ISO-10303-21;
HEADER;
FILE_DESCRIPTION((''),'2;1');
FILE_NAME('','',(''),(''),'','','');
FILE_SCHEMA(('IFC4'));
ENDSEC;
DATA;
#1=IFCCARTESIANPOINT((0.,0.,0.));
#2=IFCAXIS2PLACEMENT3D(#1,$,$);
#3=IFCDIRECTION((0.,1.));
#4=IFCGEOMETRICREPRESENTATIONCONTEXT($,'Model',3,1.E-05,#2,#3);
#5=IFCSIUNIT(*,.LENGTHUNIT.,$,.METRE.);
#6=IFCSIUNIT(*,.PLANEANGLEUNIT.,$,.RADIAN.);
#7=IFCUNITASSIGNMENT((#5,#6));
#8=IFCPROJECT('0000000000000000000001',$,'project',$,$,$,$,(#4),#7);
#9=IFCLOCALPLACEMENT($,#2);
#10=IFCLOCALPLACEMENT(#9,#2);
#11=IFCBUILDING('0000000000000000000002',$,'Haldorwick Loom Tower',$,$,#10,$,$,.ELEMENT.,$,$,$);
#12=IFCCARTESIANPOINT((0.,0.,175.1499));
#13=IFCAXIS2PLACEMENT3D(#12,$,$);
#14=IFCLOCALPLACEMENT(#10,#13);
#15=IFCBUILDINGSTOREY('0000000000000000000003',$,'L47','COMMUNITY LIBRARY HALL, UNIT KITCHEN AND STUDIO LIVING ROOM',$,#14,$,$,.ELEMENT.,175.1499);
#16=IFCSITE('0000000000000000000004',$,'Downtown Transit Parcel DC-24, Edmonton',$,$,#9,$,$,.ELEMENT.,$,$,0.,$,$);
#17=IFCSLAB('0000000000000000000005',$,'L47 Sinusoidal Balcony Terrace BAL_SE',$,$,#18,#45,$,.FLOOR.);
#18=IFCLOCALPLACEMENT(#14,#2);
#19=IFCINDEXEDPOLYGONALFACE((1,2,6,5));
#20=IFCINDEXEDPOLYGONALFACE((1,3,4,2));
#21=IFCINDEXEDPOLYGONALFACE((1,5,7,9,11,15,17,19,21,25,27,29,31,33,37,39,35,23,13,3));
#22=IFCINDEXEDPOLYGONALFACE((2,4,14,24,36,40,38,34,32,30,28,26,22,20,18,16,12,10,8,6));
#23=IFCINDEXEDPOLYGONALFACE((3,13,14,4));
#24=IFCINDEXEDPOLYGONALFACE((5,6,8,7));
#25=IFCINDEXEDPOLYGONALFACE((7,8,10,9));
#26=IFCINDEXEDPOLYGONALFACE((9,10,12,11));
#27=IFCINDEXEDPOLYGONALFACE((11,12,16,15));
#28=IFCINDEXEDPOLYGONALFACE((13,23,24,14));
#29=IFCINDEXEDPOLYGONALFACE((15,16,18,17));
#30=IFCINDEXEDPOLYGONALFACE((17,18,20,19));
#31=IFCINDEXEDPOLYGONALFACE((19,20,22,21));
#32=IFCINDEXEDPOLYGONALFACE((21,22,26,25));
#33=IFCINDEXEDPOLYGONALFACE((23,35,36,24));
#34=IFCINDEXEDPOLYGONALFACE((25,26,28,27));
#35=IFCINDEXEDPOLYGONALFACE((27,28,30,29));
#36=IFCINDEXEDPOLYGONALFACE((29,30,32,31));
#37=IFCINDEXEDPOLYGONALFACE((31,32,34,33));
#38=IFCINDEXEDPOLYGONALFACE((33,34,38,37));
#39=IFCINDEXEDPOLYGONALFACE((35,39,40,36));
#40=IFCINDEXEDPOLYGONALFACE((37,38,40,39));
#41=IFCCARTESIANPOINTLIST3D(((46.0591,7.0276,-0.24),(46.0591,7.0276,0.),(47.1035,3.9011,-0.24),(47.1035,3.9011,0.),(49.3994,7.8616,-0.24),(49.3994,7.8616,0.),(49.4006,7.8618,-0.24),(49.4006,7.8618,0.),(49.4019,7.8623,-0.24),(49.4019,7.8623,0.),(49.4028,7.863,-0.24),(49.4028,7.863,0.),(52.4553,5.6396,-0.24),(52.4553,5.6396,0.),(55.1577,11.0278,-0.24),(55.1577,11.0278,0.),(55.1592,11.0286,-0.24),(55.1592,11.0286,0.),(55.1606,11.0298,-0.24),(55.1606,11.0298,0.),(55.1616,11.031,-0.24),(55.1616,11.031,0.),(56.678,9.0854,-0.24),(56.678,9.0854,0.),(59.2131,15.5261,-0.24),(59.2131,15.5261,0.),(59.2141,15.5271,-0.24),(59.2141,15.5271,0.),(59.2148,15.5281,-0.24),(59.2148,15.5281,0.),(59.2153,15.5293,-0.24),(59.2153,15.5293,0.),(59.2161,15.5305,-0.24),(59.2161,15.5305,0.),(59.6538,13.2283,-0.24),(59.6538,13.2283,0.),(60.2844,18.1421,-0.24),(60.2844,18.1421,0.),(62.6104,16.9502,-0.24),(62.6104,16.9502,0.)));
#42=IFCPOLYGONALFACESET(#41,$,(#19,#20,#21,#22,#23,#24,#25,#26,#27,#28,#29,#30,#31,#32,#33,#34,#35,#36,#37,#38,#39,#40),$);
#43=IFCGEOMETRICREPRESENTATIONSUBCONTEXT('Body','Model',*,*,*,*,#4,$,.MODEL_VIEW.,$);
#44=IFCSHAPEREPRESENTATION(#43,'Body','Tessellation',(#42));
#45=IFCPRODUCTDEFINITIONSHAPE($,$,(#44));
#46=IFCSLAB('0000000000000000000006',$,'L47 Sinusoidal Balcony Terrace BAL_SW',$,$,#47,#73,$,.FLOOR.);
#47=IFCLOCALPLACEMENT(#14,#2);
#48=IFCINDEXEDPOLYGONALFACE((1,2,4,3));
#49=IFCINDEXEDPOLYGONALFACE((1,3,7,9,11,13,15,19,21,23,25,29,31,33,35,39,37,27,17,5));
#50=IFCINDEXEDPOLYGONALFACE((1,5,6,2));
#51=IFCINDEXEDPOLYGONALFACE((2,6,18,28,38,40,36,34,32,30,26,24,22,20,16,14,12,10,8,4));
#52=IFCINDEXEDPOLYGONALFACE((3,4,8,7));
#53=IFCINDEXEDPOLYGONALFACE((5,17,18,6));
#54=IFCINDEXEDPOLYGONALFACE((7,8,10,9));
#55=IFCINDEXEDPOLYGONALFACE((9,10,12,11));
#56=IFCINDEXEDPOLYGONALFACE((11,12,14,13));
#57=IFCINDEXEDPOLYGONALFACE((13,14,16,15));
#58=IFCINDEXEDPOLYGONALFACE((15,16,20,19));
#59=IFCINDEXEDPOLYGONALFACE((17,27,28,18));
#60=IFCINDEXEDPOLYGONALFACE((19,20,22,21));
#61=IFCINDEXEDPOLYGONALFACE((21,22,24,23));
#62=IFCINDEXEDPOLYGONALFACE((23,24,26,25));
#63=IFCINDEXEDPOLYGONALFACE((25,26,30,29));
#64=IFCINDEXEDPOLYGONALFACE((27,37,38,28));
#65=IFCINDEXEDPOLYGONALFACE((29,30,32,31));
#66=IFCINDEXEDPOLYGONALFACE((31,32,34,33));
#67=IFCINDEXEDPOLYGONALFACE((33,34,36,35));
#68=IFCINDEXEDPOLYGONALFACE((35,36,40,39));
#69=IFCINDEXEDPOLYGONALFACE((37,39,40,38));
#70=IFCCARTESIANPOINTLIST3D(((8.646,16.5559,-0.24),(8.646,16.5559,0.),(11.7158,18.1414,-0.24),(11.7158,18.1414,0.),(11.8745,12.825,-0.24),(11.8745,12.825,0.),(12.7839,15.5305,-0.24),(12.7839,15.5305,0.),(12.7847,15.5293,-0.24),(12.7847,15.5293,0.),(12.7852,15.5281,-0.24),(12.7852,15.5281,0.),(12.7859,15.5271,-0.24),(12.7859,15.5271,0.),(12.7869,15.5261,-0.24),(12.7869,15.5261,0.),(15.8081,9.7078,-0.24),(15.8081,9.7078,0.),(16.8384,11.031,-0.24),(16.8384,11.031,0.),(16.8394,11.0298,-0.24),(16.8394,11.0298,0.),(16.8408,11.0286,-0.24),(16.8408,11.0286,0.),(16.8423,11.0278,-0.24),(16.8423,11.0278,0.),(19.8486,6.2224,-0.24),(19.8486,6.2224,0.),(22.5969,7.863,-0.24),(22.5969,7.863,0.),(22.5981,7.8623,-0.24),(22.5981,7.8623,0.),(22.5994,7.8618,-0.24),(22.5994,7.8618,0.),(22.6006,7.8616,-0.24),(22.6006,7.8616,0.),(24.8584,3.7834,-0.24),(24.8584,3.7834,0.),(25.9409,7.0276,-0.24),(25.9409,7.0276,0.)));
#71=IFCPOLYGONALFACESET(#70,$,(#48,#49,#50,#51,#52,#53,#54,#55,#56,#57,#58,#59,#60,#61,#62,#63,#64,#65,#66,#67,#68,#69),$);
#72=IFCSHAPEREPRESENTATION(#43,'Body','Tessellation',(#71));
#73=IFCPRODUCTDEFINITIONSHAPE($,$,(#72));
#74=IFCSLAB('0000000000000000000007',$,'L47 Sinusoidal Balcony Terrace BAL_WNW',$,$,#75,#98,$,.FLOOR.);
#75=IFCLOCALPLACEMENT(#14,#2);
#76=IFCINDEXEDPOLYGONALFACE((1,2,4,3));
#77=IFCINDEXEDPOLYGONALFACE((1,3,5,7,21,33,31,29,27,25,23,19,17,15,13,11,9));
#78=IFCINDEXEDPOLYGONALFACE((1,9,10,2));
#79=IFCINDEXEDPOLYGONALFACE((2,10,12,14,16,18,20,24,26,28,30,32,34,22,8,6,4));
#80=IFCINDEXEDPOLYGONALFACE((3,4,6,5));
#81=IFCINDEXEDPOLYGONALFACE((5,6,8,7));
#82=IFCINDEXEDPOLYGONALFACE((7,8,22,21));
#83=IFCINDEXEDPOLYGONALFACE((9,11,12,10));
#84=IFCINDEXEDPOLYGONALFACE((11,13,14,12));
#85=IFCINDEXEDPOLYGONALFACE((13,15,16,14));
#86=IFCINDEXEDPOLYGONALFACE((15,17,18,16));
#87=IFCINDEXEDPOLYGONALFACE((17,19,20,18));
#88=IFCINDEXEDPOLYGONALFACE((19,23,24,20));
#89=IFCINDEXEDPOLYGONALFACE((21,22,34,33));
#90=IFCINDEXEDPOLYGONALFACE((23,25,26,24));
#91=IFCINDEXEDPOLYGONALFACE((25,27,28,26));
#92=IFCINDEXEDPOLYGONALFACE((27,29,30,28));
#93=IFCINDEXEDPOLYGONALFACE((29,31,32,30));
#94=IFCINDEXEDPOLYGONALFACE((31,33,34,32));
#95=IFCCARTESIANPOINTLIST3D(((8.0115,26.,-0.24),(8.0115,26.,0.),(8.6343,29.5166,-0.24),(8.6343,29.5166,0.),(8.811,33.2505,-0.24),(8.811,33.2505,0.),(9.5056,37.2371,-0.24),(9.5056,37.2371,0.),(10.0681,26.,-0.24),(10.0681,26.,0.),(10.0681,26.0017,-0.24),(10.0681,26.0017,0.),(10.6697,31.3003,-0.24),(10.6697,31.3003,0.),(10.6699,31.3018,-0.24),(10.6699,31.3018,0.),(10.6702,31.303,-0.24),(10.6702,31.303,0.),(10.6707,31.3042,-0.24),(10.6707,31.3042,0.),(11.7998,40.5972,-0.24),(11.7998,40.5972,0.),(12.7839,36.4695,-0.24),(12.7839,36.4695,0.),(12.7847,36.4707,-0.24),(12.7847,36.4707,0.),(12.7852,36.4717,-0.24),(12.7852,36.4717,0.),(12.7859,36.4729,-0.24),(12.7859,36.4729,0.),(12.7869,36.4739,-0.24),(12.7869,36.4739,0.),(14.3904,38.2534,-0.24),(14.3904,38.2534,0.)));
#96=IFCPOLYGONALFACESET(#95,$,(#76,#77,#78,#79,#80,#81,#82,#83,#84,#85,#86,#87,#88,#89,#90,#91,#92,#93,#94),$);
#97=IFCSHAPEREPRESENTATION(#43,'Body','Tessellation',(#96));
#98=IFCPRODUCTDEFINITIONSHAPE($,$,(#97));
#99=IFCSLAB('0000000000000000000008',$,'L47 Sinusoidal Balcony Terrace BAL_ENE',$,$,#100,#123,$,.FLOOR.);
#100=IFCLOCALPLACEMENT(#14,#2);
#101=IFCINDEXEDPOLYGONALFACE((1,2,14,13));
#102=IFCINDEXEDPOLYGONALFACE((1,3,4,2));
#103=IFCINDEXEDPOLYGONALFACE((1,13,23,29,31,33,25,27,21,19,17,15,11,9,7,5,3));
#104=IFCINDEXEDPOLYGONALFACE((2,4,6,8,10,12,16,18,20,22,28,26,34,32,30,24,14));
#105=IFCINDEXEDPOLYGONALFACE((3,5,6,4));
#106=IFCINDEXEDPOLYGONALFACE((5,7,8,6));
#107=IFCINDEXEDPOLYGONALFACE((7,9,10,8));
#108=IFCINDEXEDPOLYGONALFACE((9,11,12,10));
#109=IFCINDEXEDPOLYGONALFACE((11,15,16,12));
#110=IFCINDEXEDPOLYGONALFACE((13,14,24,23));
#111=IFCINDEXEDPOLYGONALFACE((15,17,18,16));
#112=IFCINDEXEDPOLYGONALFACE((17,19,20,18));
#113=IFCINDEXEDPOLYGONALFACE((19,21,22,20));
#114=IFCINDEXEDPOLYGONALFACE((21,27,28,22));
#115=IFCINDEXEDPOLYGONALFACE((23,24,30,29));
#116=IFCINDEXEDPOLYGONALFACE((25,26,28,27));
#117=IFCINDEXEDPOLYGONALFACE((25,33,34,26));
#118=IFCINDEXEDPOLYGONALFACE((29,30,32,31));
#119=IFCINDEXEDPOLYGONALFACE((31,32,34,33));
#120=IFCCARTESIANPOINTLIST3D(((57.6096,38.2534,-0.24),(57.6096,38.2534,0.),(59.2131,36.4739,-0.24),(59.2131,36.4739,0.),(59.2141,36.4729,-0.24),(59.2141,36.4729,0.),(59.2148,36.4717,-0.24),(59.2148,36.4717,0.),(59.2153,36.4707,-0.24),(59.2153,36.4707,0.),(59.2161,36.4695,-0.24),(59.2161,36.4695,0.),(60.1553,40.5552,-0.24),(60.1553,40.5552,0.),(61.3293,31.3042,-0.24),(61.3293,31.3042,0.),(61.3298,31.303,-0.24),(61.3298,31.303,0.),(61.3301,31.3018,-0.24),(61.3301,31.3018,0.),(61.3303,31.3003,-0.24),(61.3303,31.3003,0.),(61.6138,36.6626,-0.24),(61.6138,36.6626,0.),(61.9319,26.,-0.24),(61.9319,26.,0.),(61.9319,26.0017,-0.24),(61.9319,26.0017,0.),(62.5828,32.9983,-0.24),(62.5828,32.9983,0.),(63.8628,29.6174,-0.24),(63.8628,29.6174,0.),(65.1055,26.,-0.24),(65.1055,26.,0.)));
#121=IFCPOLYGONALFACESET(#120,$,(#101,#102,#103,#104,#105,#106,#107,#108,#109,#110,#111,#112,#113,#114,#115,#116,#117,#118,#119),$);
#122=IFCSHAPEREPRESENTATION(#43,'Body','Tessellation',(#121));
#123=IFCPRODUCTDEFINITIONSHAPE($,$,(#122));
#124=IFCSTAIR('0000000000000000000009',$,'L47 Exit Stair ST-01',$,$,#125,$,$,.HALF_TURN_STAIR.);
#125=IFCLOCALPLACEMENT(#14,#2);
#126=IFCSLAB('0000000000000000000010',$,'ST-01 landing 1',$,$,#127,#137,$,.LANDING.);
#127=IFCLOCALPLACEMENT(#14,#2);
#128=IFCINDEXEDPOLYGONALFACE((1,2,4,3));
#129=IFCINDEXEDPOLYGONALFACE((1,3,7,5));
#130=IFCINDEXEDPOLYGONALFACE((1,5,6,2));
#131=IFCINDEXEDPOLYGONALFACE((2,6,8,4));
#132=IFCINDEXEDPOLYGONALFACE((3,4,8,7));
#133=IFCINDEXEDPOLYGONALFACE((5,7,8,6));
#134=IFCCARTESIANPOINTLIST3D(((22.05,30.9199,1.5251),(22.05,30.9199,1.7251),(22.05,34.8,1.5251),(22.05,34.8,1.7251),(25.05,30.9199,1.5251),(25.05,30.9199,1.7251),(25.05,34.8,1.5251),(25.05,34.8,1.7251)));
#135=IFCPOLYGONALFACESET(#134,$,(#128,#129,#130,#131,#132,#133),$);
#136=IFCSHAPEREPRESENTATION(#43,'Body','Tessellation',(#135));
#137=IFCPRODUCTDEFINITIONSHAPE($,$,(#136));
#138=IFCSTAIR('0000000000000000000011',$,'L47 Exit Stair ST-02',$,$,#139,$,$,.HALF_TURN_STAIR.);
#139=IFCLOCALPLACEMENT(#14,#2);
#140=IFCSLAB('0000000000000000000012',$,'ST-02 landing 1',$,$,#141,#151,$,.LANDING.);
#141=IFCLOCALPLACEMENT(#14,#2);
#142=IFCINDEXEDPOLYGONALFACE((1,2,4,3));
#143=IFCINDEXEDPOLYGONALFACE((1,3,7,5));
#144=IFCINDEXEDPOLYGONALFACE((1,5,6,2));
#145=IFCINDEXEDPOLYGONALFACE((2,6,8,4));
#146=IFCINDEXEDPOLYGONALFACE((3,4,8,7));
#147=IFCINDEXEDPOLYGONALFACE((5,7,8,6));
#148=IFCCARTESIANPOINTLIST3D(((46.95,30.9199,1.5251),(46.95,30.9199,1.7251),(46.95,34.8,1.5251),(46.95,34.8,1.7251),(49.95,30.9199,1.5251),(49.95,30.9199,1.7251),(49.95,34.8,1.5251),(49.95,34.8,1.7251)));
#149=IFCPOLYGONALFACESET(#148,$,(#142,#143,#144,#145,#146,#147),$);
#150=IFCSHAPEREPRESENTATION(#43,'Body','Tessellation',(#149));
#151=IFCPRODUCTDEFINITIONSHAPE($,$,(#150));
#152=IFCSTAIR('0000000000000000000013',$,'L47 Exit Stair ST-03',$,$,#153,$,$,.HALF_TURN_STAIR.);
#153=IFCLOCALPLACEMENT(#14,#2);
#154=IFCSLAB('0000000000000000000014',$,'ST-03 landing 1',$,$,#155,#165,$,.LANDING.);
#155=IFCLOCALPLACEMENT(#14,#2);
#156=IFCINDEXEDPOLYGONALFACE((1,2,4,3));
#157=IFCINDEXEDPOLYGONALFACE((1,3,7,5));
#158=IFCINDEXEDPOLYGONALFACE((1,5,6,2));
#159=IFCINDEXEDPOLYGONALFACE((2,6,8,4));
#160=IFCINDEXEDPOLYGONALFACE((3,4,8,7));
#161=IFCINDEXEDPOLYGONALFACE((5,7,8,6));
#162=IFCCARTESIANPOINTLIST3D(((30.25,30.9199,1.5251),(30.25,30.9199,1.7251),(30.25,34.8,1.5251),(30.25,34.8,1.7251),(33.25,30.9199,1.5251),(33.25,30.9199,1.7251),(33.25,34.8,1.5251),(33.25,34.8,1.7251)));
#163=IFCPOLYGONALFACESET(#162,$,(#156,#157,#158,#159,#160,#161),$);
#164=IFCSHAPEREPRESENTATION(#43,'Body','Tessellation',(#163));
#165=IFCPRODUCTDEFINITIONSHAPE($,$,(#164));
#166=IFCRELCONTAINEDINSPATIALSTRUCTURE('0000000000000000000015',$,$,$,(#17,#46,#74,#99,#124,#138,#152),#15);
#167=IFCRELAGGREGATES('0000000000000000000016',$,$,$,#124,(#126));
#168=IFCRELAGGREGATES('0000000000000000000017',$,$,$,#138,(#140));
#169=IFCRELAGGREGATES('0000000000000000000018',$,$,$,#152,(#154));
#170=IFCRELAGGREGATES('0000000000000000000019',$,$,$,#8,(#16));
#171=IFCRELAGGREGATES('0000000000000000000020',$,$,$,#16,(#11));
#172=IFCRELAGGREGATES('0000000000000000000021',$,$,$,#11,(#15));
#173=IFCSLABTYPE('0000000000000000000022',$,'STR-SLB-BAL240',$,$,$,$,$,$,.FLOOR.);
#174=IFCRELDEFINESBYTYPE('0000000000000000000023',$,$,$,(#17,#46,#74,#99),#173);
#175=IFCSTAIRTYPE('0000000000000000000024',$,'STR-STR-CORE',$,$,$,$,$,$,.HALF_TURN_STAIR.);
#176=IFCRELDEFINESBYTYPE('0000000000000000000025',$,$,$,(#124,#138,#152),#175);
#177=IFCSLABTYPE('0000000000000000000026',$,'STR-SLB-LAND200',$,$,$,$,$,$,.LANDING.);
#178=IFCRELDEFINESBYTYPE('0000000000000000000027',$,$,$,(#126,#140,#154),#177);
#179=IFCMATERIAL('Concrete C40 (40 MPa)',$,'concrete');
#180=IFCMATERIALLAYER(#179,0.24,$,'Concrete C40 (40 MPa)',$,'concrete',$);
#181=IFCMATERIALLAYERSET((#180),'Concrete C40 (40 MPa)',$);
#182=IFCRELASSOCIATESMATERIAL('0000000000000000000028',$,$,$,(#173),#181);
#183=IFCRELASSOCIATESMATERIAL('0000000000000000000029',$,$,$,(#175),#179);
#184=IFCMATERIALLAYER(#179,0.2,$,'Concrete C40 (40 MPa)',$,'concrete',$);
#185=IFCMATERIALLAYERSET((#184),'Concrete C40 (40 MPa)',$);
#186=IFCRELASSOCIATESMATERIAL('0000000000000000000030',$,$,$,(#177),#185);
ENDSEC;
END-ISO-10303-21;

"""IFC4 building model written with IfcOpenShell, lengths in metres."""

from ifc_helpers import new_model, si_unit, direction, frame, origin, place, context, subcontext, project, spatial, polyline, outline, extrude, material, layer, layer_set, type_object, element, aggregate, save


model = new_model("IFC4")

# Units and contexts
model_context = context("Model", 3, precision=1e-05, world=origin(), true_north=direction((0.0, 1.0)))
body_context = subcontext(model_context, "Body", "Model", "MODEL_VIEW")
ifc_project = project(units=[si_unit("LENGTHUNIT", "METRE"), si_unit("PLANEANGLEUNIT", "RADIAN")], contexts=[model_context])

# Site, building, storey
site_placement = place(None, origin())
site = spatial("IfcSite", under=ifc_project, at=site_placement, Name="Downtown Transit Parcel DC-24, Edmonton", CompositionType="ELEMENT", RefElevation=0.0)
building_placement = place(site_placement, origin())
building = spatial("IfcBuilding", under=site, at=building_placement, Name="Haldorwick Loom Tower", CompositionType="ELEMENT")
storey_placement = place(building_placement, frame((0.0, 0.0, 175.1499)))
storey = spatial("IfcBuildingStorey", under=building, at=storey_placement, Name="L47", Description="COMMUNITY LIBRARY HALL, UNIT KITCHEN AND STUDIO LIVING ROOM", CompositionType="ELEMENT", Elevation=175.1499)

# Slabs
ifc_material_1 = material(Name="Concrete C40 (40 MPa)", Category="concrete")
ifc_layer_1 = layer(ifc_material_1, 0.24, Name="Concrete C40 (40 MPa)", Category="concrete")
ifc_layer_set_1 = layer_set([ifc_layer_1], Name="Concrete C40 (40 MPa)")
slab_type_1 = type_object("IfcSlabType", Name="STR-SLB-BAL240", PredefinedType="FLOOR", material=ifc_layer_set_1)
slab_1_placement = place(storey_placement, frame((0.0, 0.0, -0.24)))
element("IfcSlab", 1, at=slab_1_placement, inside=storey, type_object=slab_type_1, Name="L47 Sinusoidal Balcony Terrace BAL_SE", PredefinedType="FLOOR", context=body_context, shape_type="SweptSolid", body=[
    extrude(outline(polyline([(60.2844, 18.1421), (59.2161, 15.5305), (59.2153, 15.5293), (59.2148, 15.5281), (59.2141, 15.5271), (59.2131, 15.5261), (55.1616, 11.031), (55.1606, 11.0298), (55.1592, 11.0286), (55.1577, 11.0278), (49.4028, 7.863), (49.4019, 7.8623), (49.4006, 7.8618), (49.3994, 7.8616), (46.0591, 7.0276), (47.1035, 3.9011), (52.4553, 5.6396), (56.678, 9.0854), (59.6538, 13.2283), (62.6104, 16.9502), (60.2844, 18.1421)])), origin(), (0.0, 0.0, 1.0), 0.24),
])
slab_2_placement = place(storey_placement, frame((0.0, 0.0, -0.24)))
element("IfcSlab", 2, at=slab_2_placement, inside=storey, type_object=slab_type_1, Name="L47 Sinusoidal Balcony Terrace BAL_SW", PredefinedType="FLOOR", context=body_context, shape_type="SweptSolid", body=[
    extrude(outline(polyline([(25.9409, 7.0276), (22.6006, 7.8616), (22.5994, 7.8618), (22.5981, 7.8623), (22.5969, 7.863), (16.8423, 11.0278), (16.8408, 11.0286), (16.8394, 11.0298), (16.8384, 11.031), (12.7869, 15.5261), (12.7859, 15.5271), (12.7852, 15.5281), (12.7847, 15.5293), (12.7839, 15.5305), (11.7158, 18.1414), (8.646, 16.5559), (11.8745, 12.825), (15.8081, 9.7078), (19.8486, 6.2224), (24.8584, 3.7834), (25.9409, 7.0276)])), origin(), (0.0, 0.0, 1.0), 0.24),
])
slab_3_placement = place(storey_placement, frame((0.0, 0.0, -0.24)))
element("IfcSlab", 3, at=slab_3_placement, inside=storey, type_object=slab_type_1, Name="L47 Sinusoidal Balcony Terrace BAL_WNW", PredefinedType="FLOOR", context=body_context, shape_type="SweptSolid", body=[
    extrude(outline(polyline([(10.0681, 26.0), (10.0681, 26.0017), (10.6697, 31.3003), (10.6699, 31.3018), (10.6702, 31.303), (10.6707, 31.3042), (12.7839, 36.4695), (12.7847, 36.4707), (12.7852, 36.4717), (12.7859, 36.4729), (12.7869, 36.4739), (14.3904, 38.2534), (11.7998, 40.5972), (9.5056, 37.2371), (8.811, 33.2505), (8.6343, 29.5166), (8.0115, 26.0), (10.0681, 26.0)])), origin(), (0.0, 0.0, 1.0), 0.24),
])
slab_4_placement = place(storey_placement, frame((0.0, 0.0, -0.24)))
element("IfcSlab", 4, at=slab_4_placement, inside=storey, type_object=slab_type_1, Name="L47 Sinusoidal Balcony Terrace BAL_ENE", PredefinedType="FLOOR", context=body_context, shape_type="SweptSolid", body=[
    extrude(outline(polyline([(57.6096, 38.2534), (59.2131, 36.4739), (59.2141, 36.4729), (59.2148, 36.4717), (59.2153, 36.4707), (59.2161, 36.4695), (61.3293, 31.3042), (61.3298, 31.303), (61.3301, 31.3018), (61.3303, 31.3003), (61.9319, 26.0017), (61.9319, 26.0), (65.1055, 26.0), (63.8628, 29.6174), (62.5828, 32.9983), (61.6138, 36.6626), (60.1553, 40.5552), (57.6096, 38.2534)])), origin(), (0.0, 0.0, 1.0), 0.24),
])

# Stairs, slabs
stair_type = type_object("IfcStairType", Name="STR-STR-CORE", PredefinedType="HALF_TURN_STAIR", material=ifc_material_1)
stair_1_placement = place(storey_placement, origin())
stair_1 = element("IfcStair", 5, at=stair_1_placement, inside=storey, type_object=stair_type, Name="L47 Exit Stair ST-01", PredefinedType="HALF_TURN_STAIR")
ifc_layer_2 = layer(ifc_material_1, 0.2, Name="Concrete C40 (40 MPa)", Category="concrete")
ifc_layer_set_2 = layer_set([ifc_layer_2], Name="Concrete C40 (40 MPa)")
slab_type_2 = type_object("IfcSlabType", Name="STR-SLB-LAND200", PredefinedType="LANDING", material=ifc_layer_set_2)
slab_5_placement = place(storey_placement, frame((0.0, 0.0, 1.5251)))
slab_5 = element("IfcSlab", 6, at=slab_5_placement, type_object=slab_type_2, Name="ST-01 landing 1", PredefinedType="LANDING", context=body_context, shape_type="SweptSolid", body=[
    extrude(outline(polyline([(25.05, 30.9199), (25.05, 34.8), (22.05, 34.8), (22.05, 30.9199), (25.05, 30.9199)])), origin(), (0.0, 0.0, 1.0), 0.2),
])
aggregate(stair_1, [slab_5])
stair_2_placement = place(storey_placement, origin())
stair_2 = element("IfcStair", 7, at=stair_2_placement, inside=storey, type_object=stair_type, Name="L47 Exit Stair ST-02", PredefinedType="HALF_TURN_STAIR")
slab_6_placement = place(storey_placement, frame((0.0, 0.0, 1.5251)))
slab_6 = element("IfcSlab", 8, at=slab_6_placement, type_object=slab_type_2, Name="ST-02 landing 1", PredefinedType="LANDING", context=body_context, shape_type="SweptSolid", body=[
    extrude(outline(polyline([(49.95, 30.9199), (49.95, 34.8), (46.95, 34.8), (46.95, 30.9199), (49.95, 30.9199)])), origin(), (0.0, 0.0, 1.0), 0.2),
])
aggregate(stair_2, [slab_6])
stair_3_placement = place(storey_placement, origin())
stair_3 = element("IfcStair", 9, at=stair_3_placement, inside=storey, type_object=stair_type, Name="L47 Exit Stair ST-03", PredefinedType="HALF_TURN_STAIR")
slab_7_placement = place(storey_placement, frame((0.0, 0.0, 1.5251)))
slab_7 = element("IfcSlab", 10, at=slab_7_placement, type_object=slab_type_2, Name="ST-03 landing 1", PredefinedType="LANDING", context=body_context, shape_type="SweptSolid", body=[
    extrude(outline(polyline([(33.25, 30.9199), (33.25, 34.8), (30.25, 34.8), (30.25, 30.9199), (33.25, 30.9199)])), origin(), (0.0, 0.0, 1.0), 0.2),
])
aggregate(stair_3, [slab_7])

save(model, "model.ifc")
